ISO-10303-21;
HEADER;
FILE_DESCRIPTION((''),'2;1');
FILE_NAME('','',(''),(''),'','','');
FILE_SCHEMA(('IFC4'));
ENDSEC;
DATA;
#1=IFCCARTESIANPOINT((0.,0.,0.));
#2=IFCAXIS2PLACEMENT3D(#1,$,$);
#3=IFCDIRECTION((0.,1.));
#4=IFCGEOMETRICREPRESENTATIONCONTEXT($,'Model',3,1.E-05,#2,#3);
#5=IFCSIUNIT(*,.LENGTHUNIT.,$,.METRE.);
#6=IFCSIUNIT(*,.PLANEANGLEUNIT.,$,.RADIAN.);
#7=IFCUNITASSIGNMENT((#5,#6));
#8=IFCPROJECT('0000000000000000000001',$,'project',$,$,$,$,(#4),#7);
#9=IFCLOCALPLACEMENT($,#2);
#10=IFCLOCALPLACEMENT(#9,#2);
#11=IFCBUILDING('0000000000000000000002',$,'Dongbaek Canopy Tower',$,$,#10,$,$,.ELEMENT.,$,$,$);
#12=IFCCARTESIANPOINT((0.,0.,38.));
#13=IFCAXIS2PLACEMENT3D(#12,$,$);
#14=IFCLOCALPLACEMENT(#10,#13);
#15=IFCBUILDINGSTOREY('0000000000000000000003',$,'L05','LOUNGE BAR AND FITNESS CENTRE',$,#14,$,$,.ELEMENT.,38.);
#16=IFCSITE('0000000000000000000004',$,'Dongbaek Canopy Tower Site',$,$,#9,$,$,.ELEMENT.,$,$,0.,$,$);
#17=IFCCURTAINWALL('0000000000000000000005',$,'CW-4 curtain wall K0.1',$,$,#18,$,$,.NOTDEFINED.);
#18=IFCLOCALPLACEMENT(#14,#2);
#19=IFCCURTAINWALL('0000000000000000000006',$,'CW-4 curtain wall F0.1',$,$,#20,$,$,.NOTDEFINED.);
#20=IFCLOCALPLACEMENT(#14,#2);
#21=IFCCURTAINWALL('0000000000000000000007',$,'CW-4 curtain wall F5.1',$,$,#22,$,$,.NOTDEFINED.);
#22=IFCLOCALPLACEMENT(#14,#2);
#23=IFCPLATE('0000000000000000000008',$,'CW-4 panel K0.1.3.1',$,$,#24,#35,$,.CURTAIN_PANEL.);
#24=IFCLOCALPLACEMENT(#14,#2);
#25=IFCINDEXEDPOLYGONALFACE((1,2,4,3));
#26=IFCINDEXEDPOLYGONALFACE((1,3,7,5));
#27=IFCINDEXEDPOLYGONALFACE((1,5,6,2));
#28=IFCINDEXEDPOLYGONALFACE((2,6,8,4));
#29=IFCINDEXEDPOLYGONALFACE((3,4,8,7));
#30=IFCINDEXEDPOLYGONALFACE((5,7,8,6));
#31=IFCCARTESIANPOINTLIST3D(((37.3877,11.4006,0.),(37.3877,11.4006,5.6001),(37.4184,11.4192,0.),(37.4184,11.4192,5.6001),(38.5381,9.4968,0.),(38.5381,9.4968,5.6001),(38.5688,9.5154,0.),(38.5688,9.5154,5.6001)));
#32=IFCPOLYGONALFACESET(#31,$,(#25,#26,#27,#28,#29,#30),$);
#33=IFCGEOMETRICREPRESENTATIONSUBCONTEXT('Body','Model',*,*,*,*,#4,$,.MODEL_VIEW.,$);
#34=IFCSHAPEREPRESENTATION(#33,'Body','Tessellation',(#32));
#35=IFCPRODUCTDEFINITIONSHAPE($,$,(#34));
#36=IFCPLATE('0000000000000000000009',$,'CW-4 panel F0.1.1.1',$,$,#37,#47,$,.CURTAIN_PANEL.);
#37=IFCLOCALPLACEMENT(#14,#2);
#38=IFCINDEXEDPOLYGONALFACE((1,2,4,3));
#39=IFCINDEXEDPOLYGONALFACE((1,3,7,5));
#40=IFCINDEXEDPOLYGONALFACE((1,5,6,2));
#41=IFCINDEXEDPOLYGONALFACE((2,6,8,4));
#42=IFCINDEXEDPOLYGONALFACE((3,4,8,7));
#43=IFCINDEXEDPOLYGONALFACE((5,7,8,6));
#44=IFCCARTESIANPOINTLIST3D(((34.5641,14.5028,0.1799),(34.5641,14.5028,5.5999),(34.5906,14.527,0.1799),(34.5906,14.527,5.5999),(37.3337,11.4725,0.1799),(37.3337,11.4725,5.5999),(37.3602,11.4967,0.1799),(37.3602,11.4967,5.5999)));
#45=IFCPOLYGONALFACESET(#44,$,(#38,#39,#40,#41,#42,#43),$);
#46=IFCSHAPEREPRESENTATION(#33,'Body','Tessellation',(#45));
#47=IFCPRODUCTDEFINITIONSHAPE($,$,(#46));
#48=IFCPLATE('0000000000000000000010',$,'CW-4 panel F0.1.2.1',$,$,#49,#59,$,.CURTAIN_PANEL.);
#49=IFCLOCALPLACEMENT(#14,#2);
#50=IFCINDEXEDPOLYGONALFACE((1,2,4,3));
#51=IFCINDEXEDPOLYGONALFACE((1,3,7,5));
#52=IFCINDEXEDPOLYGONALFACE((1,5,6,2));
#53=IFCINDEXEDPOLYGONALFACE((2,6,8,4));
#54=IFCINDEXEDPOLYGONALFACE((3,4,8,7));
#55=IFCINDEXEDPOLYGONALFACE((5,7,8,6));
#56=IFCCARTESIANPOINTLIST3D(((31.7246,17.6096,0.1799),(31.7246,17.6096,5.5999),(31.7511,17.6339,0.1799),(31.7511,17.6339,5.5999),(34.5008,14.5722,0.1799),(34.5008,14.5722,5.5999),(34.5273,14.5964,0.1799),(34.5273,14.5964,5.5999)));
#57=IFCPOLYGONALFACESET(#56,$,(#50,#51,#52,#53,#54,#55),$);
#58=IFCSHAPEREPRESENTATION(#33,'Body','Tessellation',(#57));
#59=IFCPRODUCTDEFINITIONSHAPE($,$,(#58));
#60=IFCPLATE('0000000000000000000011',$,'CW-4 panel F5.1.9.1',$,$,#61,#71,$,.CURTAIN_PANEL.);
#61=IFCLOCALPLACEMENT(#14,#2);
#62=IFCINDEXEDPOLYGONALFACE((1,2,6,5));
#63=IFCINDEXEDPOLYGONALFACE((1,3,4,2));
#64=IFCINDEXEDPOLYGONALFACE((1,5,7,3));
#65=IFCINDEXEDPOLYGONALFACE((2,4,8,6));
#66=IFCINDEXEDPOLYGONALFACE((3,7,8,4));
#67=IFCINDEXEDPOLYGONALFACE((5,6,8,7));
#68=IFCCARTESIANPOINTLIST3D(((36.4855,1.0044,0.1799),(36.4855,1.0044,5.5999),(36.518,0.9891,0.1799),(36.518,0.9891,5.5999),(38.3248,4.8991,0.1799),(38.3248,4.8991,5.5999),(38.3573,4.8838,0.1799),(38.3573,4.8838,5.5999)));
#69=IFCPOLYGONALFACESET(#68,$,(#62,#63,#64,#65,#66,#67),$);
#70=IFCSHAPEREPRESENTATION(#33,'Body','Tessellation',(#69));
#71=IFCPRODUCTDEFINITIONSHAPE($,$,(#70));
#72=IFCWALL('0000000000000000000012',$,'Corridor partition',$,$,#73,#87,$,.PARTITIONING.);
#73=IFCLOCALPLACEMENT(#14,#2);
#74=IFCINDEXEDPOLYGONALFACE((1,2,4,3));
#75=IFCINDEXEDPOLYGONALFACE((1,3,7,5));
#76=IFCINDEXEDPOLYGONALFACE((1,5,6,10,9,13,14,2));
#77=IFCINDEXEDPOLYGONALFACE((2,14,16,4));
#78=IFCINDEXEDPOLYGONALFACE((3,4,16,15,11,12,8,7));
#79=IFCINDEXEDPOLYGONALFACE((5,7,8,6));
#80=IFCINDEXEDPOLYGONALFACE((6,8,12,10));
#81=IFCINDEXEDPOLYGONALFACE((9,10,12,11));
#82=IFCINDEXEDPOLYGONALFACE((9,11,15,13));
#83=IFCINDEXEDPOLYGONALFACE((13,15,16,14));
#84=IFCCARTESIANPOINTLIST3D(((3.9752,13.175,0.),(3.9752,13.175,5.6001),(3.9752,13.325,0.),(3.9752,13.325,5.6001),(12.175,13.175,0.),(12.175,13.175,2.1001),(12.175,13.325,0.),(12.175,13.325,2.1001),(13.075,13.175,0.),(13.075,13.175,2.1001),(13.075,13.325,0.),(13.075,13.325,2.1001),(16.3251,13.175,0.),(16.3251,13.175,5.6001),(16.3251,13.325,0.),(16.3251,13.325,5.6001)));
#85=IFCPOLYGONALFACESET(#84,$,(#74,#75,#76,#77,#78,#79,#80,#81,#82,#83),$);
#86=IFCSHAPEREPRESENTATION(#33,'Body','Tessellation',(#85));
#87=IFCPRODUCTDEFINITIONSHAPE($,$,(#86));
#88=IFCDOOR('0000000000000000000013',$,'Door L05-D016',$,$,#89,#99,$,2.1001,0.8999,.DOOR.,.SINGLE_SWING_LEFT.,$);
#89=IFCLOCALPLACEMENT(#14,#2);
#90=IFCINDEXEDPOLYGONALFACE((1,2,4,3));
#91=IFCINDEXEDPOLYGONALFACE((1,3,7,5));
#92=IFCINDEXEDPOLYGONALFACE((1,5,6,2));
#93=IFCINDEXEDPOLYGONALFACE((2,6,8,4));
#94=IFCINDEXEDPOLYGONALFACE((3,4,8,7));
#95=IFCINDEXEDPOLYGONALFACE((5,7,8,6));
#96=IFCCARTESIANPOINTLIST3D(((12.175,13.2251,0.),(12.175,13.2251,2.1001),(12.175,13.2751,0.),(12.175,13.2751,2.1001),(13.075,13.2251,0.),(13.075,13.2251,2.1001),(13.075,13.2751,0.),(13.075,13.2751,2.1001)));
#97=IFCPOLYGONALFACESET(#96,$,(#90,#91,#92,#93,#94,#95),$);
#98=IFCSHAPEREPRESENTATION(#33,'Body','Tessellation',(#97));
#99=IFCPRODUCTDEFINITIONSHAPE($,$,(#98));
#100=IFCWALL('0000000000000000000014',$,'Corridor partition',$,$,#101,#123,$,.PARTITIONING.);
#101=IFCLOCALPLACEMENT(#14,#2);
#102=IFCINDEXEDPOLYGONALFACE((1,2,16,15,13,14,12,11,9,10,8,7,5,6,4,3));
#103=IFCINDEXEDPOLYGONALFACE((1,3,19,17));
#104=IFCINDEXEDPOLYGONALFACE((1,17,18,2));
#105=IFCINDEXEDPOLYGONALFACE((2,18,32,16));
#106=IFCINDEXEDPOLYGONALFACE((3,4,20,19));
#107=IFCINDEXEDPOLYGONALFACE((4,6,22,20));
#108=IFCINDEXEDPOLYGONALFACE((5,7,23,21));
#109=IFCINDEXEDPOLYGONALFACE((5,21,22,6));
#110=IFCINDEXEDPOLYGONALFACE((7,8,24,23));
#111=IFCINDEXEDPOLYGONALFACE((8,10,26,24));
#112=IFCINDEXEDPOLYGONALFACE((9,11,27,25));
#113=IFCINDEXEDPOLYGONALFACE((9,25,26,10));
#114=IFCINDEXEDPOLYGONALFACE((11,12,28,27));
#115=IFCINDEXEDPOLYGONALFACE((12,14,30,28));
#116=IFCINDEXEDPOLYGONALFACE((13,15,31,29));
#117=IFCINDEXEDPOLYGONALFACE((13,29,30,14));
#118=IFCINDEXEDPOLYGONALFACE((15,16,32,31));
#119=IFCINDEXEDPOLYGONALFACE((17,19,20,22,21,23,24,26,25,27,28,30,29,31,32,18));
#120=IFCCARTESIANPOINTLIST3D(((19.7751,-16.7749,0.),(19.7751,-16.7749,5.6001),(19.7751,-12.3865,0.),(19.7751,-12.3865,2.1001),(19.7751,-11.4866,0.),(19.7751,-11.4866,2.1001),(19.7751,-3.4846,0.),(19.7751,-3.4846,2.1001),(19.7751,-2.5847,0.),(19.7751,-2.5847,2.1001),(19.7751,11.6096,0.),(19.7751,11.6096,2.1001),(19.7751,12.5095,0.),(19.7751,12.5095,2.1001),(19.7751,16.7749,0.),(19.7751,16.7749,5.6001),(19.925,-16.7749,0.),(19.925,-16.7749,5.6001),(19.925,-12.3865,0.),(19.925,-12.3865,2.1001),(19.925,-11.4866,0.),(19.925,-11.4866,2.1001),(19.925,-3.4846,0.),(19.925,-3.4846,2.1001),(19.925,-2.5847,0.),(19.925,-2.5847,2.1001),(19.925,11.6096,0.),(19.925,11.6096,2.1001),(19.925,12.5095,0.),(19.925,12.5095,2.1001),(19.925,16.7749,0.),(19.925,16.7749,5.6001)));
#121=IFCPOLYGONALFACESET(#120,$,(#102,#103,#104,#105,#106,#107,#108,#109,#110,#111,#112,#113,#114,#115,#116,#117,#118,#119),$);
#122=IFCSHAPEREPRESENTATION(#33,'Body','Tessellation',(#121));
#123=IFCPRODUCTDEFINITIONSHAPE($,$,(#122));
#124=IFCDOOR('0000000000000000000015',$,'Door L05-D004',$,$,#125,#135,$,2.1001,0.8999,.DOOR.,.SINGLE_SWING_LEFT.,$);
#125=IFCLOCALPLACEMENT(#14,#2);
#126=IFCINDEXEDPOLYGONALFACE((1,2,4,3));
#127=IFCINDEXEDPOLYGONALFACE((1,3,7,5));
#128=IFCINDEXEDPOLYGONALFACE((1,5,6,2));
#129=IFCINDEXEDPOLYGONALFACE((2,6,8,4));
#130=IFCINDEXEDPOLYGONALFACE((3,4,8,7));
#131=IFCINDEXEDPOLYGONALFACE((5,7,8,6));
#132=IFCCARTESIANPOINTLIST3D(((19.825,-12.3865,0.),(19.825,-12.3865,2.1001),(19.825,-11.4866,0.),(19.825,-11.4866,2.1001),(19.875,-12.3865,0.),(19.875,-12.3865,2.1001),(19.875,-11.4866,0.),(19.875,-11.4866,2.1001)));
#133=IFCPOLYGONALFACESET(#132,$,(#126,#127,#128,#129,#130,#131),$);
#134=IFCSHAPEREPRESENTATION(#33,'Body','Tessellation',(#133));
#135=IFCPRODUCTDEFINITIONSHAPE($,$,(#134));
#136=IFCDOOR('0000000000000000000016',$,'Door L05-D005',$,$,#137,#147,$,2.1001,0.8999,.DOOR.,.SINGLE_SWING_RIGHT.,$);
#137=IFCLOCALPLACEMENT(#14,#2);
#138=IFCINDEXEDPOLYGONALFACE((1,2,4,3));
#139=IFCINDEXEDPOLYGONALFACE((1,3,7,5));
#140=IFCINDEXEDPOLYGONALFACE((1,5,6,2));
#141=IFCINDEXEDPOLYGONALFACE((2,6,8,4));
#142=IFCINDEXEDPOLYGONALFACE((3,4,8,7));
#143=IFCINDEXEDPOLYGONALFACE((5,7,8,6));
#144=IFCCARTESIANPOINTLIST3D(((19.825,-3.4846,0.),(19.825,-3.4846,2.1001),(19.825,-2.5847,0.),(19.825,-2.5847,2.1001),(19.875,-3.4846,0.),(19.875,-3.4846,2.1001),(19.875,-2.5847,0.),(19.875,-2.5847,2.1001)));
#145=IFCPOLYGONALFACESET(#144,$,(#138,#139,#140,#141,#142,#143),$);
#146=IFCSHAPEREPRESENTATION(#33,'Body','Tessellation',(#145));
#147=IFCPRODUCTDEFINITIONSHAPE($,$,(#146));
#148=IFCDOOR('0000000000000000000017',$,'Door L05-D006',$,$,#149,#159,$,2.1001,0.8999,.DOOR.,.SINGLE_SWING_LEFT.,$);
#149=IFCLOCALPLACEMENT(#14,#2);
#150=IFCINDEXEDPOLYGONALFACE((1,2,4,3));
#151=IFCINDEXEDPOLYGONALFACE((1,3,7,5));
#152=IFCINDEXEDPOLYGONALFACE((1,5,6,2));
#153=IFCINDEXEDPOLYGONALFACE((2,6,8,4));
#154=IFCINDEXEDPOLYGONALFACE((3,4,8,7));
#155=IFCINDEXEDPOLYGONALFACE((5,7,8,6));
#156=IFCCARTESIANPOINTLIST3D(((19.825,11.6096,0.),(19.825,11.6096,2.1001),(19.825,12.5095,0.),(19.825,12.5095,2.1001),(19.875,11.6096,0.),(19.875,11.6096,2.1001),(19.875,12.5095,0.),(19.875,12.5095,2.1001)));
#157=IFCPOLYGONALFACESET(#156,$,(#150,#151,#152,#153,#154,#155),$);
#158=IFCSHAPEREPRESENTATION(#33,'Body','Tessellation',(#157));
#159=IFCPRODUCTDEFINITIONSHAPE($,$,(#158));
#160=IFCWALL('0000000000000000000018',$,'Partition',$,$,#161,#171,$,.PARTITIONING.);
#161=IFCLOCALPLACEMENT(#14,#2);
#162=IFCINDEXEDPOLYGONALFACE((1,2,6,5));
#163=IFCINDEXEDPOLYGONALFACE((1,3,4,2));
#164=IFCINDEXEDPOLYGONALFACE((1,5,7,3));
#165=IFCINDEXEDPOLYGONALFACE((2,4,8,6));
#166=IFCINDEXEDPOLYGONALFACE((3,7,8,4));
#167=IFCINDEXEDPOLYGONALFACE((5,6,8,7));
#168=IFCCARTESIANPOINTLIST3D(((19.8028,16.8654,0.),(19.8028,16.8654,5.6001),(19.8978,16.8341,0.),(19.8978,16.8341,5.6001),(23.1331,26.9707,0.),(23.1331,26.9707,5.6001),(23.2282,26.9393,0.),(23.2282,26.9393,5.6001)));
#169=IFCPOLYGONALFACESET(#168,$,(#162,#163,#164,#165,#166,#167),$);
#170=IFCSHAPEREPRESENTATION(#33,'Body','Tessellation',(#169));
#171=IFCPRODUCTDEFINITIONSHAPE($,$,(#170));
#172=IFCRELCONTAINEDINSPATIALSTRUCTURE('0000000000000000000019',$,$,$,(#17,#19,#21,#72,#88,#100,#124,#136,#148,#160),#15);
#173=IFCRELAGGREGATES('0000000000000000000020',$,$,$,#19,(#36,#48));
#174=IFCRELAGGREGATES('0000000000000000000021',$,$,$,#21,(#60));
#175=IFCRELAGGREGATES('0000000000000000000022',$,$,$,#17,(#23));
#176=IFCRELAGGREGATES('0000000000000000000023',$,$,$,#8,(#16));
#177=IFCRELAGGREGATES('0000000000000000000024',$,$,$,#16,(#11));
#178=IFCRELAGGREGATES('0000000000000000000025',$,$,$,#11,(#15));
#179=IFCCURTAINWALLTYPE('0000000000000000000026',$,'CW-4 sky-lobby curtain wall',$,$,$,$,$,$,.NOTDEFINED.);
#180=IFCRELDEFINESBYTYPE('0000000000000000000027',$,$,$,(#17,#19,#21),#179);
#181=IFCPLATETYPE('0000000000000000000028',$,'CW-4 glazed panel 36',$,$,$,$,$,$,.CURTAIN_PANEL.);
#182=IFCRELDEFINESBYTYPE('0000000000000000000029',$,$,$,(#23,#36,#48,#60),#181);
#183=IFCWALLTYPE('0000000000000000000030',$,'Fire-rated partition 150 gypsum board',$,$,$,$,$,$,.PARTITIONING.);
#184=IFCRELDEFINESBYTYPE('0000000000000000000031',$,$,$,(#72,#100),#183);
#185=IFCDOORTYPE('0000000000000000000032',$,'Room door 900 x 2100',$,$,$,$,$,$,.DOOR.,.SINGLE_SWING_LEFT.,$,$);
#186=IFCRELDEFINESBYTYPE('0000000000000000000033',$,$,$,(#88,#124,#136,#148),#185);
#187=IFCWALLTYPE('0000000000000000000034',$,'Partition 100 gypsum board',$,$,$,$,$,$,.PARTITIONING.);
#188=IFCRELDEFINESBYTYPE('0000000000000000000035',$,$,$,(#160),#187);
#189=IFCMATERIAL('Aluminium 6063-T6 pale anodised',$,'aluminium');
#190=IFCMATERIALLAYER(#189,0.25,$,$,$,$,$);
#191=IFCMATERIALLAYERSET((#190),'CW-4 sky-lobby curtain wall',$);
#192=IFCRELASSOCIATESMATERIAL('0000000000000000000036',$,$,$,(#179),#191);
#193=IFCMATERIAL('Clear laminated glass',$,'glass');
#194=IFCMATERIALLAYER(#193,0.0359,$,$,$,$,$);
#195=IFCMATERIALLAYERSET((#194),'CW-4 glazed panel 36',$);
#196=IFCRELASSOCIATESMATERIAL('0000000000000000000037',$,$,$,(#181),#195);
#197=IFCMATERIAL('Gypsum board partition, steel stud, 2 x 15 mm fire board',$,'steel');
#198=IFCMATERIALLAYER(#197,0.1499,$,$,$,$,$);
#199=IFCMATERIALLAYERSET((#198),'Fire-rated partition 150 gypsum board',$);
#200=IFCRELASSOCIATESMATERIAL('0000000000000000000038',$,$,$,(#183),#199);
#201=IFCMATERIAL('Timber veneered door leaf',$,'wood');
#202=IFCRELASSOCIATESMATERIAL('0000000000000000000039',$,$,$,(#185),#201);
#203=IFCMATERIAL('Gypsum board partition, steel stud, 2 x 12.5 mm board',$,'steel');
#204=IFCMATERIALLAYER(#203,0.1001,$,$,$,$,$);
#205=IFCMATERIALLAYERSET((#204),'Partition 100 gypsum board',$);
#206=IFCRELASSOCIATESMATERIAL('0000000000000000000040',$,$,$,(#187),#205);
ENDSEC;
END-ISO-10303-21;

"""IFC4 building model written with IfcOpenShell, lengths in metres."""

from ifc_helpers import new_model, si_unit, direction, frame, frame_2d, origin, origin_2d, place, context, subcontext, project, spatial, rectangle, extrude, material, layer, layer_set, type_object, element, fill, aggregate, save


model = new_model("IFC4")

# Units and contexts
model_context = context("Model", 3, precision=1e-05, world=origin(), true_north=direction((0.0, 1.0)))
body_context = subcontext(model_context, "Body", "Model", "MODEL_VIEW")
ifc_project = project(units=[si_unit("LENGTHUNIT", "METRE"), si_unit("PLANEANGLEUNIT", "RADIAN")], contexts=[model_context])

# Site, building, storey
site_placement = place(None, origin())
site = spatial("IfcSite", under=ifc_project, at=site_placement, Name="Dongbaek Canopy Tower Site", CompositionType="ELEMENT", RefElevation=0.0)
building_placement = place(site_placement, origin())
building = spatial("IfcBuilding", under=site, at=building_placement, Name="Dongbaek Canopy Tower", CompositionType="ELEMENT")
storey_placement = place(building_placement, frame((0.0, 0.0, 38.0)))
storey = spatial("IfcBuildingStorey", under=building, at=storey_placement, Name="L05", Description="LOUNGE BAR AND FITNESS CENTRE", CompositionType="ELEMENT", Elevation=38.0)

# Curtain wall
ifc_material_1 = material(Name="Aluminium 6063-T6 pale anodised", Category="aluminium")
ifc_layer_1 = layer(ifc_material_1, 0.25)
ifc_layer_set_1 = layer_set([ifc_layer_1], Name="CW-4 sky-lobby curtain wall")
curtain_wall_type = type_object("IfcCurtainWallType", Name="CW-4 sky-lobby curtain wall", PredefinedType="NOTDEFINED", material=ifc_layer_set_1)
curtain_wall_1_placement = place(storey_placement, origin())
curtain_wall_1 = element("IfcCurtainWall", 1, at=curtain_wall_1_placement, inside=storey, type_object=curtain_wall_type, Name="CW-4 curtain wall K0.1", PredefinedType="NOTDEFINED")

# Curtain walls
curtain_wall_2_placement = place(storey_placement, origin())
curtain_wall_2 = element("IfcCurtainWall", 2, at=curtain_wall_2_placement, inside=storey, type_object=curtain_wall_type, Name="CW-4 curtain wall F0.1", PredefinedType="NOTDEFINED")
curtain_wall_3_placement = place(storey_placement, origin())
curtain_wall_3 = element("IfcCurtainWall", 3, at=curtain_wall_3_placement, inside=storey, type_object=curtain_wall_type, Name="CW-4 curtain wall F5.1", PredefinedType="NOTDEFINED")

# Plates
ifc_material_2 = material(Name="Clear laminated glass", Category="glass")
ifc_layer_2 = layer(ifc_material_2, 0.0359)
ifc_layer_set_2 = layer_set([ifc_layer_2], Name="CW-4 glazed panel 36")
plate_type = type_object("IfcPlateType", Name="CW-4 glazed panel 36", PredefinedType="CURTAIN_PANEL", material=ifc_layer_set_2)
plate_1_placement = place(storey_placement, frame((37.9783, 10.458, 0.0), z_axis=(0.0, 0.0, 1.0), x_axis=(-0.517165, 0.855886, 0.0)))
plate_1 = element("IfcPlate", 4, at=plate_1_placement, type_object=plate_type, Name="CW-4 panel K0.1.3.1", PredefinedType="CURTAIN_PANEL", context=body_context, shape_type="SweptSolid", body=[
    extrude(rectangle(XDim=2.2244, YDim=0.0359, at=origin_2d()), origin(), (0.0, 0.0, 1.0), 5.6001),
])
plate_2_placement = place(storey_placement, frame((35.9622, 12.9998, 0.1799), z_axis=(0.0, 0.0, 1.0), x_axis=(-0.674647, 0.738141, 0.0)))
plate_2 = element("IfcPlate", 5, at=plate_2_placement, type_object=plate_type, Name="CW-4 panel F0.1.1.1", PredefinedType="CURTAIN_PANEL", context=body_context, shape_type="SweptSolid", body=[
    extrude(rectangle(XDim=4.1052, YDim=0.0359, at=origin_2d()), origin(), (0.0, 0.0, 1.0), 5.4199),
])
plate_3_placement = place(storey_placement, frame((33.126, 16.103, 0.1799), z_axis=(0.0, 0.0, 1.0), x_axis=(-0.674647, 0.738141, 0.0)))
plate_3 = element("IfcPlate", 6, at=plate_3_placement, type_object=plate_type, Name="CW-4 panel F0.1.2.1", PredefinedType="CURTAIN_PANEL", context=body_context, shape_type="SweptSolid", body=[
    extrude(rectangle(XDim=4.115, YDim=0.0359, at=origin_2d()), origin(), (0.0, 0.0, 1.0), 5.4199),
])
aggregate(curtain_wall_2, [plate_2, plate_3])
plate_4_placement = place(storey_placement, frame((37.4214, 2.9441, 0.1799), z_axis=(0.0, 0.0, 1.0), x_axis=(0.427039, 0.904233, 0.0)))
plate_4 = element("IfcPlate", 7, at=plate_4_placement, type_object=plate_type, Name="CW-4 panel F5.1.9.1", PredefinedType="CURTAIN_PANEL", context=body_context, shape_type="SweptSolid", body=[
    extrude(rectangle(XDim=4.3071, YDim=0.0359, at=origin_2d()), origin(), (0.0, 0.0, 1.0), 5.4199),
])
aggregate(curtain_wall_3, [plate_4])

# Wall, opening, door
ifc_material_3 = material(Name="Gypsum board partition, steel stud, 2 x 15 mm fire board", Category="steel")
ifc_layer_3 = layer(ifc_material_3, 0.1499)
ifc_layer_set_3 = layer_set([ifc_layer_3], Name="Fire-rated partition 150 gypsum board")
wall_type_1 = type_object("IfcWallType", Name="Fire-rated partition 150 gypsum board", PredefinedType="PARTITIONING", material=ifc_layer_set_3)
wall_1_placement = place(storey_placement, frame((16.325, 13.25, 0.0), z_axis=(0.0, 0.0, 1.0), x_axis=(-1.0, 0.0, 0.0)))
wall_1 = element("IfcWall", 8, at=wall_1_placement, inside=storey, type_object=wall_type_1, Name="Corridor partition", PredefinedType="PARTITIONING", context=body_context, shape_type="SweptSolid", body=[
    extrude(rectangle(XDim=12.3499, YDim=0.1499, at=frame_2d((6.1748, 0.0))), origin(), (0.0, 0.0, 1.0), 5.6001),
])
opening_1_placement = place(wall_1_placement, frame((3.25, 0.0, 0.0)))
opening_1 = element("IfcOpeningElement", 9, at=opening_1_placement, cuts=wall_1, PredefinedType="OPENING", context=body_context, shape_type="SweptSolid", body=[
    extrude(rectangle(XDim=0.8999, YDim=2.1001, at=frame_2d((0.45, 1.05))), frame((0.0, 0.085, 0.0), z_axis=(0.0, -1.0, 0.0), x_axis=(1.0, 0.0, 0.0)), (0.0, 0.0, 1.0), 0.1699),
])
ifc_material_4 = material(Name="Timber veneered door leaf", Category="wood")
door_type = type_object("IfcDoorType", Name="Room door 900 x 2100", OperationType="SINGLE_SWING_LEFT", PredefinedType="DOOR", material=ifc_material_4)
door_1_placement = place(opening_1_placement, origin())
door_1 = element("IfcDoor", 10, at=door_1_placement, inside=storey, type_object=door_type, Name="Door L05-D016", OperationType="SINGLE_SWING_LEFT", OverallHeight=2.1001, OverallWidth=0.8999, PredefinedType="DOOR", context=body_context, shape_type="SweptSolid", body=[
    extrude(rectangle(XDim=0.8999, YDim=2.1001, at=frame_2d((0.45, 1.05))), frame((0.0, 0.0249, 0.0), z_axis=(0.0, -1.0, 0.0), x_axis=(1.0, 0.0, 0.0)), (0.0, 0.0, 1.0), 0.05),
])
fill(opening_1, door_1)

# Wall, openings, doors
wall_2_placement = place(storey_placement, frame((19.8501, 16.7749, 0.0), z_axis=(0.0, 0.0, 1.0), x_axis=(0.0, -1.0, 0.0)))
wall_2 = element("IfcWall", 11, at=wall_2_placement, inside=storey, type_object=wall_type_1, Name="Corridor partition", PredefinedType="PARTITIONING", context=body_context, shape_type="SweptSolid", body=[
    extrude(rectangle(XDim=33.5498, YDim=0.1499, at=frame_2d((16.7749, 0.0))), origin(), (0.0, 0.0, 1.0), 5.6001),
])
opening_2_placement = place(wall_2_placement, frame((28.2615, 0.0, 0.0)))
opening_2 = element("IfcOpeningElement", 12, at=opening_2_placement, cuts=wall_2, PredefinedType="OPENING", context=body_context, shape_type="SweptSolid", body=[
    extrude(rectangle(XDim=0.8999, YDim=2.1001, at=frame_2d((0.45, 1.05))), frame((0.0, 0.085, 0.0), z_axis=(0.0, -1.0, 0.0), x_axis=(1.0, 0.0, 0.0)), (0.0, 0.0, 1.0), 0.1699),
])
opening_3_placement = place(wall_2_placement, frame((19.3596, 0.0, 0.0)))
opening_3 = element("IfcOpeningElement", 13, at=opening_3_placement, cuts=wall_2, PredefinedType="OPENING", context=body_context, shape_type="SweptSolid", body=[
    extrude(rectangle(XDim=0.8999, YDim=2.1001, at=frame_2d((0.45, 1.05))), frame((0.0, 0.085, 0.0), z_axis=(0.0, -1.0, 0.0), x_axis=(1.0, 0.0, 0.0)), (0.0, 0.0, 1.0), 0.1699),
])
opening_4_placement = place(wall_2_placement, frame((4.2654, 0.0, 0.0)))
opening_4 = element("IfcOpeningElement", 14, at=opening_4_placement, cuts=wall_2, PredefinedType="OPENING", context=body_context, shape_type="SweptSolid", body=[
    extrude(rectangle(XDim=0.8999, YDim=2.1001, at=frame_2d((0.45, 1.05))), frame((0.0, 0.085, 0.0), z_axis=(0.0, -1.0, 0.0), x_axis=(1.0, 0.0, 0.0)), (0.0, 0.0, 1.0), 0.1699),
])
door_2_placement = place(opening_2_placement, origin())
door_2 = element("IfcDoor", 15, at=door_2_placement, inside=storey, type_object=door_type, Name="Door L05-D004", OperationType="SINGLE_SWING_LEFT", OverallHeight=2.1001, OverallWidth=0.8999, PredefinedType="DOOR", context=body_context, shape_type="SweptSolid", body=[
    extrude(rectangle(XDim=0.8999, YDim=2.1001, at=frame_2d((0.45, 1.05))), frame((0.0, 0.0249, 0.0), z_axis=(0.0, -1.0, 0.0), x_axis=(1.0, 0.0, 0.0)), (0.0, 0.0, 1.0), 0.05),
])
fill(opening_2, door_2)
door_3_placement = place(opening_3_placement, origin())
door_3 = element("IfcDoor", 16, at=door_3_placement, inside=storey, type_object=door_type, Name="Door L05-D005", OperationType="SINGLE_SWING_RIGHT", OverallHeight=2.1001, OverallWidth=0.8999, PredefinedType="DOOR", context=body_context, shape_type="SweptSolid", body=[
    extrude(rectangle(XDim=0.8999, YDim=2.1001, at=frame_2d((0.45, 1.05))), frame((0.0, 0.0249, 0.0), z_axis=(0.0, -1.0, 0.0), x_axis=(1.0, 0.0, 0.0)), (0.0, 0.0, 1.0), 0.05),
])
fill(opening_3, door_3)
door_4_placement = place(opening_4_placement, origin())
door_4 = element("IfcDoor", 17, at=door_4_placement, inside=storey, type_object=door_type, Name="Door L05-D006", OperationType="SINGLE_SWING_LEFT", OverallHeight=2.1001, OverallWidth=0.8999, PredefinedType="DOOR", context=body_context, shape_type="SweptSolid", body=[
    extrude(rectangle(XDim=0.8999, YDim=2.1001, at=frame_2d((0.45, 1.05))), frame((0.0, 0.0249, 0.0), z_axis=(0.0, -1.0, 0.0), x_axis=(1.0, 0.0, 0.0)), (0.0, 0.0, 1.0), 0.05),
])
fill(opening_4, door_4)

# Wall
ifc_material_5 = material(Name="Gypsum board partition, steel stud, 2 x 12.5 mm board", Category="steel")
ifc_layer_4 = layer(ifc_material_5, 0.1001)
ifc_layer_set_4 = layer_set([ifc_layer_4], Name="Partition 100 gypsum board")
wall_type_2 = type_object("IfcWallType", Name="Partition 100 gypsum board", PredefinedType="PARTITIONING", material=ifc_layer_set_4)
wall_3_placement = place(storey_placement, frame((19.8503, 16.8499, 0.0), z_axis=(0.0, 0.0, 1.0), x_axis=(0.313004, 0.949752, 0.0)))
element("IfcWall", 18, at=wall_3_placement, inside=storey, type_object=wall_type_2, Name="Partition", PredefinedType="PARTITIONING", context=body_context, shape_type="SweptSolid", body=[
    extrude(rectangle(XDim=10.6399, YDim=0.1001, at=frame_2d((5.3198, 0.0))), origin(), (0.0, 0.0, 1.0), 5.6001),
])

aggregate(curtain_wall_1, [plate_1])

save(model, "model.ifc")
